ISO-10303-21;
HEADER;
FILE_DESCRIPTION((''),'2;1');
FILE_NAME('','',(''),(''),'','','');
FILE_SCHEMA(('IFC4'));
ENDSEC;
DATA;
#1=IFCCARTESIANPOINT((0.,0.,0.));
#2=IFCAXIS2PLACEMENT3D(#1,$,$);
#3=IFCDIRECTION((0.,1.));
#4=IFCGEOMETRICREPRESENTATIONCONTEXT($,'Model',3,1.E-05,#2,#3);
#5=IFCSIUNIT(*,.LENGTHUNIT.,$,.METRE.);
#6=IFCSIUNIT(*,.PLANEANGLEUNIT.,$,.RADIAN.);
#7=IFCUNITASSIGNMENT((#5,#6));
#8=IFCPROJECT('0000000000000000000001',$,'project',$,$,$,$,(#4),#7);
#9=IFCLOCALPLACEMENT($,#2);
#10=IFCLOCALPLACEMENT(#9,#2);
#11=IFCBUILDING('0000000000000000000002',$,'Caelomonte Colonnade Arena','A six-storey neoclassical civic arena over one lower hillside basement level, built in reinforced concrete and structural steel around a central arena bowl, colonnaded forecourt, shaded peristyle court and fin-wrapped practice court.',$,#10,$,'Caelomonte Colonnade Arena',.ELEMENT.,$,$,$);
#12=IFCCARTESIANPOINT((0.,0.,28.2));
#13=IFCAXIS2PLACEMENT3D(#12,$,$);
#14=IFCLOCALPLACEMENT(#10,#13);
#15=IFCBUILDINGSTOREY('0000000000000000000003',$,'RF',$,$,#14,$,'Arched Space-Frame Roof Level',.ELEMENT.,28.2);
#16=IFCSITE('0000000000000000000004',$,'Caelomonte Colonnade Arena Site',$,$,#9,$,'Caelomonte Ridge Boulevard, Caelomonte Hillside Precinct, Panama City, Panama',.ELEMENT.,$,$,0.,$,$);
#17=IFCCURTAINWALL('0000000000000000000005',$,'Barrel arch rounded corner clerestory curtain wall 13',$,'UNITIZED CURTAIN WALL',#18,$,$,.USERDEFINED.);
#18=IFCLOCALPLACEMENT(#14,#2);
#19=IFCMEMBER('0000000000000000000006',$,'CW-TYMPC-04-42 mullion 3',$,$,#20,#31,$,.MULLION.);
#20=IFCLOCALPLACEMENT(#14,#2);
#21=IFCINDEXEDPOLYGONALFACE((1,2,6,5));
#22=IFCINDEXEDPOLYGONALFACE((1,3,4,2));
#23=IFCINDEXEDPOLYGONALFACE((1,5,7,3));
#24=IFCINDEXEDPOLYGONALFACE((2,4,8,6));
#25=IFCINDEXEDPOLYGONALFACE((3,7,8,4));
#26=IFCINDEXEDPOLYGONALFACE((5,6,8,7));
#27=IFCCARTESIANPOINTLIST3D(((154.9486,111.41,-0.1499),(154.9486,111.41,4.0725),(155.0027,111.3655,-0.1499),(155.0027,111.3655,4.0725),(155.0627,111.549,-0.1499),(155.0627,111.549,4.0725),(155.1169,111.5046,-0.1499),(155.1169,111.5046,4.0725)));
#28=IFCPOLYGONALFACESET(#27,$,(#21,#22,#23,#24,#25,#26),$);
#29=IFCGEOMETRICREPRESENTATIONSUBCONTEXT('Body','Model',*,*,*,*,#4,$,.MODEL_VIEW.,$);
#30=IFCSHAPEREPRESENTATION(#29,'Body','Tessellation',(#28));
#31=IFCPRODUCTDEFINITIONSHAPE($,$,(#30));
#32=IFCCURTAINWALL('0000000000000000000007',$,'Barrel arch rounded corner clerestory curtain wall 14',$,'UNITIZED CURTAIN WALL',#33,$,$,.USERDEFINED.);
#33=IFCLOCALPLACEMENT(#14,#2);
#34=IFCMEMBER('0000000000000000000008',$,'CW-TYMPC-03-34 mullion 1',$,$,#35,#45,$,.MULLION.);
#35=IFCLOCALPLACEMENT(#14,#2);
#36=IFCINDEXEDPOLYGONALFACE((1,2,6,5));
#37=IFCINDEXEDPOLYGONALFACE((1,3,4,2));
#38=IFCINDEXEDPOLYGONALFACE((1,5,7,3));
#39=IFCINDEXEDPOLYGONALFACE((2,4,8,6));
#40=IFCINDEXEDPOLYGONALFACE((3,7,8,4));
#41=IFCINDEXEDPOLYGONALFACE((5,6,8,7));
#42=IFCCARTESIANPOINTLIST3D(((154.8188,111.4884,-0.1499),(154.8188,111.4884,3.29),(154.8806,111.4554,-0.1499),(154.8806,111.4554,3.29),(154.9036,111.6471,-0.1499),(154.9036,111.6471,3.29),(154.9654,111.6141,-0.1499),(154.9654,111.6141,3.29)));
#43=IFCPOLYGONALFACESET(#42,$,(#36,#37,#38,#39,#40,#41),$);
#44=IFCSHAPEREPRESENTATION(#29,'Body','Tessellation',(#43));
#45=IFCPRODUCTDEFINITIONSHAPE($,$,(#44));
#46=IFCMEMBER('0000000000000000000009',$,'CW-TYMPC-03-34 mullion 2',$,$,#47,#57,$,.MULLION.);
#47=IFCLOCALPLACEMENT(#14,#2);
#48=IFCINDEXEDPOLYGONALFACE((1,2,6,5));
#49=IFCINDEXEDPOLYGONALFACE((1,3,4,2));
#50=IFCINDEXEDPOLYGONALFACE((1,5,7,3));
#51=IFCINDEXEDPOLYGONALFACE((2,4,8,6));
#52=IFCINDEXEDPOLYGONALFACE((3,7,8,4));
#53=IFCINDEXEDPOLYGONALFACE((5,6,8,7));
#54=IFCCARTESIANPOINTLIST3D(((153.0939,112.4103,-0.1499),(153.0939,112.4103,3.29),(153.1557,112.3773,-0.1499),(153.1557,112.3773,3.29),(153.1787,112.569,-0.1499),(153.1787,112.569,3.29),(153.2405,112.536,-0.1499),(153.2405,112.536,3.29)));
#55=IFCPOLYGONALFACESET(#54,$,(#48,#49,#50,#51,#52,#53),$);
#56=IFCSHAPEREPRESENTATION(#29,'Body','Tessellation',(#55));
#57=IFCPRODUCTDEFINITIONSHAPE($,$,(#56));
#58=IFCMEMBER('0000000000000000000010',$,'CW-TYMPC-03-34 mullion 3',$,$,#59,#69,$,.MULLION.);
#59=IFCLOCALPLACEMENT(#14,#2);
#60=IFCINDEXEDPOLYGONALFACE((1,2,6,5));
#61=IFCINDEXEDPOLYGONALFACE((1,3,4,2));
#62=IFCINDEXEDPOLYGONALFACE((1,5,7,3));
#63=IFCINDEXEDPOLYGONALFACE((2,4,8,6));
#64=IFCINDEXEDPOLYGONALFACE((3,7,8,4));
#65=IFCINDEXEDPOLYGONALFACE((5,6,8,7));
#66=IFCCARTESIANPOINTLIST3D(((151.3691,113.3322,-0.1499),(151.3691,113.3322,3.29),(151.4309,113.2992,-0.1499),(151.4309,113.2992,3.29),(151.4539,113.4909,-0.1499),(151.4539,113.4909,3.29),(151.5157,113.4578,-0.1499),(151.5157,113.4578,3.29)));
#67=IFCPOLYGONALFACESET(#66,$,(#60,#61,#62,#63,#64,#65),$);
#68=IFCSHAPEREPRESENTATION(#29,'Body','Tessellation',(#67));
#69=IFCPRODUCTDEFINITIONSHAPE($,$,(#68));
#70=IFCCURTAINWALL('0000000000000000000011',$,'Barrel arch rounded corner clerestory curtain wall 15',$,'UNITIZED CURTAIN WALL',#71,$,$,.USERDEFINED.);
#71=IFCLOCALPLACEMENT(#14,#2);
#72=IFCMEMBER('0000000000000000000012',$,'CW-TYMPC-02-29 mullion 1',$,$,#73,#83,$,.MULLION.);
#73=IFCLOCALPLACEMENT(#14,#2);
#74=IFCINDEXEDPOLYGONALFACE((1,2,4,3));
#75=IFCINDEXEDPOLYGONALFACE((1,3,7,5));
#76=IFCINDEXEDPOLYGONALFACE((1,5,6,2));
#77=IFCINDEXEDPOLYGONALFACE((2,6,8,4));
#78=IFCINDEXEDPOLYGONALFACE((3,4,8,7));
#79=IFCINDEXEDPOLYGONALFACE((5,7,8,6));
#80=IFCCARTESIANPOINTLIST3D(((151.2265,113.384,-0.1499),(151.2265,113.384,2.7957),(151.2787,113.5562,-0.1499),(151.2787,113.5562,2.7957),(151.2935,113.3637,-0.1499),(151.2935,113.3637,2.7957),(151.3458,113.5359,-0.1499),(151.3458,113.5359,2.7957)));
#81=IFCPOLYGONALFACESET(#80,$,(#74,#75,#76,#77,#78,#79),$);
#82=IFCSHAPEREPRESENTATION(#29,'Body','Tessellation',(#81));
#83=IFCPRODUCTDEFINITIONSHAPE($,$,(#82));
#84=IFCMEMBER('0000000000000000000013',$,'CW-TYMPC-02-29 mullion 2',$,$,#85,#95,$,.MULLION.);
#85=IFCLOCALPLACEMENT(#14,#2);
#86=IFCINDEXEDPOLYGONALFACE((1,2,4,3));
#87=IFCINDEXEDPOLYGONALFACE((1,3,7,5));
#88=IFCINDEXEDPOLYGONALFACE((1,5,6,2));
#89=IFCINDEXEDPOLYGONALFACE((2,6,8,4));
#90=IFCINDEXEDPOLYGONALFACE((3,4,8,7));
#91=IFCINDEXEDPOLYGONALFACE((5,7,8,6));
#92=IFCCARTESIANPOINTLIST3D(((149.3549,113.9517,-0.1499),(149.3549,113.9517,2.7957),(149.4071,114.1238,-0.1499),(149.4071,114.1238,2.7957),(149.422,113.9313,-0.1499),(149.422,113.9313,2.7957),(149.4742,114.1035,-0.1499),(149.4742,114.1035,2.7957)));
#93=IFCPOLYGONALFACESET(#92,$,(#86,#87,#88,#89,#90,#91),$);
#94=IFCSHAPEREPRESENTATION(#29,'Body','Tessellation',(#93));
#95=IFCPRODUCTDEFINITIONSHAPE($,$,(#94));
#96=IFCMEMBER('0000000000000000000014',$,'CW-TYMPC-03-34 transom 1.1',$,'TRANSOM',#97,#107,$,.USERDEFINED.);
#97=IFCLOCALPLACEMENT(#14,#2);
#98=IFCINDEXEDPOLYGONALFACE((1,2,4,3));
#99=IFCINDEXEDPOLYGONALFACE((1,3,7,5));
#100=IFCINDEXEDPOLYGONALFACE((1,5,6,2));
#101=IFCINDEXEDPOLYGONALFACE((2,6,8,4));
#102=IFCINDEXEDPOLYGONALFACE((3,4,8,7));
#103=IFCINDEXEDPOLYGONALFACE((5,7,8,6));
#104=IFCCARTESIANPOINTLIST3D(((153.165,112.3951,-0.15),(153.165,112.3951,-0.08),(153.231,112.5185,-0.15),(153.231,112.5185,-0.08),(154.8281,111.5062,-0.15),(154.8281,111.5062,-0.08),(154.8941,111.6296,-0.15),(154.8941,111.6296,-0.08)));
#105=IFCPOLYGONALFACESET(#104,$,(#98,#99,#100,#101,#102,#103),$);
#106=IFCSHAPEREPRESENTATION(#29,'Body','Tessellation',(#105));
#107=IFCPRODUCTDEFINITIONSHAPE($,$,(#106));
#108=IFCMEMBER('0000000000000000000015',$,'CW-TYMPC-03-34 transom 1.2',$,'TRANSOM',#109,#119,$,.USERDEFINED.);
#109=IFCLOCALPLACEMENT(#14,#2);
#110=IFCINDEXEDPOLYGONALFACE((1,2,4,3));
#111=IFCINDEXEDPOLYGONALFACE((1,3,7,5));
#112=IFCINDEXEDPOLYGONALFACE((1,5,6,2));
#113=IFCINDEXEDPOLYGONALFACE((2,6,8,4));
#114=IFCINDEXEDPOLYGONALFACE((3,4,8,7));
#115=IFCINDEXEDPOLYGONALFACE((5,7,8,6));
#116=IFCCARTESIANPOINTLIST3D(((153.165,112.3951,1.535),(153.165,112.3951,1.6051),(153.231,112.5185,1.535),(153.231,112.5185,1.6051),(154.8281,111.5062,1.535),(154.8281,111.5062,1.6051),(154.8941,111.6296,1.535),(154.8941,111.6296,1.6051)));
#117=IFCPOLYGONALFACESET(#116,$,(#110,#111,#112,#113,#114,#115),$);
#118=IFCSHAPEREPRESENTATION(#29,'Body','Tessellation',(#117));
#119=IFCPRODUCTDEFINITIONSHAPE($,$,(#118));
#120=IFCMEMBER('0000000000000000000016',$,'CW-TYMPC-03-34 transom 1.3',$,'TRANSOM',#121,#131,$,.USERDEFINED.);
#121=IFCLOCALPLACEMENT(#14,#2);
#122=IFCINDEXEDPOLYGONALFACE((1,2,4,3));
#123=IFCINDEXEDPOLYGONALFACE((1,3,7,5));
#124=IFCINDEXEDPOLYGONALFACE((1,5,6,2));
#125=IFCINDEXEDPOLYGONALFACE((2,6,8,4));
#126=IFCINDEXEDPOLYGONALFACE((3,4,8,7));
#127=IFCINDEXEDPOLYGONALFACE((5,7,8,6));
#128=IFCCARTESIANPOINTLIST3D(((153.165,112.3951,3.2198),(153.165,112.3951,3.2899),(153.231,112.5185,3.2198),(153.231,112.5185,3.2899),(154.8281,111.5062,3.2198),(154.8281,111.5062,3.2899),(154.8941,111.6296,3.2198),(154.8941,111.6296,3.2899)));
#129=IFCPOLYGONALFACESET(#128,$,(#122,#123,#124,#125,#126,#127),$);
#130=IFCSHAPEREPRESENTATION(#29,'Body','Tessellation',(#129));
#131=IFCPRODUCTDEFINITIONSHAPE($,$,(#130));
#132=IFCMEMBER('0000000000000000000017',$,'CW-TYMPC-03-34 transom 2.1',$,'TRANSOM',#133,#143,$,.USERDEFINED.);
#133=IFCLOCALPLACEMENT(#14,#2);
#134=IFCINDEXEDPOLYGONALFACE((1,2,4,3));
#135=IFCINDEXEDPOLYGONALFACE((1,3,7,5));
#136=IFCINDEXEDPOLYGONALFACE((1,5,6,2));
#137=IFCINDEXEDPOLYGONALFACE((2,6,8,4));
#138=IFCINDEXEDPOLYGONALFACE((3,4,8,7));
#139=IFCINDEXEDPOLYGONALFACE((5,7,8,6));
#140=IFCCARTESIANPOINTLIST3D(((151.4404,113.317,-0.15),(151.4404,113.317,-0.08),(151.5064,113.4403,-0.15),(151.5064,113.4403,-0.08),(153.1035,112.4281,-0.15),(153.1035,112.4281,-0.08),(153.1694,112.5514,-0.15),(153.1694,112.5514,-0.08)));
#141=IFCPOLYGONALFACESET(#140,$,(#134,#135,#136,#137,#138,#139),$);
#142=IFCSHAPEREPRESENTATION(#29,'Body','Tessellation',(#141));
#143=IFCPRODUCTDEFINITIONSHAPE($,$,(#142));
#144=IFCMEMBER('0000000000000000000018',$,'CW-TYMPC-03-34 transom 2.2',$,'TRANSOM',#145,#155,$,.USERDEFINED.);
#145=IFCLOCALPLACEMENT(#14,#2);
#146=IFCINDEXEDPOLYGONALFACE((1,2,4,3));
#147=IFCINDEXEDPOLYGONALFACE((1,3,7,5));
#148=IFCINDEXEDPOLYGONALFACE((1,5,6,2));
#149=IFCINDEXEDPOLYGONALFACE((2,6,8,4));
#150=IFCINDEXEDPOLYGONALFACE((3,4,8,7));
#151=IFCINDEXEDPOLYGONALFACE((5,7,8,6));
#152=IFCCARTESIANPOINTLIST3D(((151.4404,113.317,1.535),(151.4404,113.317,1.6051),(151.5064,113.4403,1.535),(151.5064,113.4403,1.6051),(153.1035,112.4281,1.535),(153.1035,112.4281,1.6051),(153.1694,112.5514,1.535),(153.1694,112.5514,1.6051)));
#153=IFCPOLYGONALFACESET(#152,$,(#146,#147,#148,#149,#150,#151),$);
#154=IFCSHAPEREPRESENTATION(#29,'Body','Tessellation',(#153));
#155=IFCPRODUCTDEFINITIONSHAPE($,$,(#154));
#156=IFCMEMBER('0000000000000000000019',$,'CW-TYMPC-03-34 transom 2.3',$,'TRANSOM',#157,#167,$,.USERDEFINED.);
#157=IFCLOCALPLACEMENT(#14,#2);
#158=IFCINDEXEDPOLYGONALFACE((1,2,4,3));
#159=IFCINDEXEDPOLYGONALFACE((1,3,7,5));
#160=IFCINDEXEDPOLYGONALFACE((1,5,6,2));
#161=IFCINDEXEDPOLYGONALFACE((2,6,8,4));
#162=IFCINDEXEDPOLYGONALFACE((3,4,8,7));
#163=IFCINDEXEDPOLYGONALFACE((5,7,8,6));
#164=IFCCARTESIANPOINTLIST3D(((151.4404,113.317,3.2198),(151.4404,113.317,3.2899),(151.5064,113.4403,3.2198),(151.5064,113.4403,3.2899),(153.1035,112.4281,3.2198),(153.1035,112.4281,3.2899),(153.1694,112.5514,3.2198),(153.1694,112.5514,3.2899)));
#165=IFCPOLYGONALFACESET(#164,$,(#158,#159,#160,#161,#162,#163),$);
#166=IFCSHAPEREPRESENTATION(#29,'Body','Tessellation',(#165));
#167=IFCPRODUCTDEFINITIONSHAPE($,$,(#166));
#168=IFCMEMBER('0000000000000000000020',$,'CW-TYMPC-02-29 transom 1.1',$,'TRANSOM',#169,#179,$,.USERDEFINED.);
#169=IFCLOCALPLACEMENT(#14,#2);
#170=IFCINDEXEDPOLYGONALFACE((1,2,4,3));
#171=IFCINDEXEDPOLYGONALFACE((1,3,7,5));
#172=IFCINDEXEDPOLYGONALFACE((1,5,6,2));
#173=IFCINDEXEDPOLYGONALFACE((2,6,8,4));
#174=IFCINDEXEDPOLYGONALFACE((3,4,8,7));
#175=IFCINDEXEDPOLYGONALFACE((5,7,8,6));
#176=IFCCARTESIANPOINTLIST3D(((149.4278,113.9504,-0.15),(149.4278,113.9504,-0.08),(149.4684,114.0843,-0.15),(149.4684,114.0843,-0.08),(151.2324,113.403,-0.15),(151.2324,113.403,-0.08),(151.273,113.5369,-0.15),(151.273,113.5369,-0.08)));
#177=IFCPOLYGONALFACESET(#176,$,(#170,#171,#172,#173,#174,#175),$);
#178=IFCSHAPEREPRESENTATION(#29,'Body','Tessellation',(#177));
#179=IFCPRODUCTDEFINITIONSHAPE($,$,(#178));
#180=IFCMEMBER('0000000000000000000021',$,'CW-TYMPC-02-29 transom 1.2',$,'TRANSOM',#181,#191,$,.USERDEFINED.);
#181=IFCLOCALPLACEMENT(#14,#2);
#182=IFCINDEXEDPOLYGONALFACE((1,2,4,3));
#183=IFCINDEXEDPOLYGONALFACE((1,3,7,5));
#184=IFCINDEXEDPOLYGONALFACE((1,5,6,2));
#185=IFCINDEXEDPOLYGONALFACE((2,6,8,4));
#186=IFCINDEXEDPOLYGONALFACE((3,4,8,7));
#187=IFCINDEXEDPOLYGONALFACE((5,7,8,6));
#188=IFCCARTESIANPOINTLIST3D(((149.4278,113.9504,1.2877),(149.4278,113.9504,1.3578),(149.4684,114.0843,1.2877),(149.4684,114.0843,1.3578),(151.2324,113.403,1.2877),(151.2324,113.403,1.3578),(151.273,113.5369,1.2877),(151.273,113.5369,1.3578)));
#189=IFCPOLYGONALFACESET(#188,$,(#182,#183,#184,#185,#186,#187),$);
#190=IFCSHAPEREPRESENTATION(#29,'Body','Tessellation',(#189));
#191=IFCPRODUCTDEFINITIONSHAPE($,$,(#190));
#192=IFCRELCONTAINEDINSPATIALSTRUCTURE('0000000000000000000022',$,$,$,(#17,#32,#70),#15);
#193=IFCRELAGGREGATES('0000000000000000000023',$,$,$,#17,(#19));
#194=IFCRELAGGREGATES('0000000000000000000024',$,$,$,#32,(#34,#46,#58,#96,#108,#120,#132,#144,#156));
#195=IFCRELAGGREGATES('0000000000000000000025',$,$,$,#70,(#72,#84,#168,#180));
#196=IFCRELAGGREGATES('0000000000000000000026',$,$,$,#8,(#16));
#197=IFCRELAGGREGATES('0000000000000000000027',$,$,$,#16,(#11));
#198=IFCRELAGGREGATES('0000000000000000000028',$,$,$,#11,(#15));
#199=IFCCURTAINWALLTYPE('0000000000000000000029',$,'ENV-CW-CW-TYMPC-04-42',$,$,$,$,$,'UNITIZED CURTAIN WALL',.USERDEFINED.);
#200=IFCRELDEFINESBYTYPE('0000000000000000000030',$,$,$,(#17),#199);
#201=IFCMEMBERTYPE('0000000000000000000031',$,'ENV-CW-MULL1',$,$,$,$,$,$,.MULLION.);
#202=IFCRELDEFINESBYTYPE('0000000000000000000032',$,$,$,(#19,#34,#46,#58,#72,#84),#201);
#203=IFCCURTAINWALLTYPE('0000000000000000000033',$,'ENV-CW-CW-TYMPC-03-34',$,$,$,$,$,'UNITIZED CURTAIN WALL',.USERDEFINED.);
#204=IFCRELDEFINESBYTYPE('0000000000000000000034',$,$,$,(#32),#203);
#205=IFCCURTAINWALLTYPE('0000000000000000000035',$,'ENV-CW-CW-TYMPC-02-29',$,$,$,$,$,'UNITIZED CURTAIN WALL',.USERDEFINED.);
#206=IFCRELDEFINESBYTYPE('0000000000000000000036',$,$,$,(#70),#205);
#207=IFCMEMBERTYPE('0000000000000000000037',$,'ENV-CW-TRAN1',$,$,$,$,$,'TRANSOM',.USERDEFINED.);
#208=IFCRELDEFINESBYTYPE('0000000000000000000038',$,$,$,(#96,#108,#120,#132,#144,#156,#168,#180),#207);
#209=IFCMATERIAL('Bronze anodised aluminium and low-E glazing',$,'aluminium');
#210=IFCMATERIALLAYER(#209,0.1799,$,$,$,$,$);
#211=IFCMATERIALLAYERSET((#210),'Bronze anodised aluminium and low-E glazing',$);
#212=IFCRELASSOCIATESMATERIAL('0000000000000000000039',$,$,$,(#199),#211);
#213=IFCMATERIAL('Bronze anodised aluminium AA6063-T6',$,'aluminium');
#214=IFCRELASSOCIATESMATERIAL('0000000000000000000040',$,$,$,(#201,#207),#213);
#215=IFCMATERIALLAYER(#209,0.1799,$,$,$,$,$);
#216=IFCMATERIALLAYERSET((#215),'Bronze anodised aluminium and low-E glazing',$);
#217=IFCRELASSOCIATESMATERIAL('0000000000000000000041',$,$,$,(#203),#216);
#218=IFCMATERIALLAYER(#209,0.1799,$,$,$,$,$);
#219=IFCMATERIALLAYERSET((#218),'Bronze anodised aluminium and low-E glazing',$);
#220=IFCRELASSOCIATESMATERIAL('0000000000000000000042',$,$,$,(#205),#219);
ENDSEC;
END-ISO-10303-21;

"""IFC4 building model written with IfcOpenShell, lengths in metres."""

from ifc_helpers import new_model, si_unit, direction, frame, origin, origin_2d, place, context, subcontext, project, spatial, rectangle, extrude, material, layer, layer_set, material_profile, profile_set, type_object, element, aggregate, save


model = new_model("IFC4")

# Units and contexts
model_context = context("Model", 3, precision=1e-05, world=origin(), true_north=direction((0.0, 1.0)))
body_context = subcontext(model_context, "Body", "Model", "MODEL_VIEW")
ifc_project = project(units=[si_unit("LENGTHUNIT", "METRE"), si_unit("PLANEANGLEUNIT", "RADIAN")], contexts=[model_context])

# Site, building, storey
site_placement = place(None, origin())
site = spatial("IfcSite", under=ifc_project, at=site_placement, Name="Caelomonte Colonnade Arena Site", LongName="Caelomonte Ridge Boulevard, Caelomonte Hillside Precinct, Panama City, Panama", CompositionType="ELEMENT", RefElevation=0.0)
building_placement = place(site_placement, origin())
building = spatial("IfcBuilding", under=site, at=building_placement, Name="Caelomonte Colonnade Arena", Description="A six-storey neoclassical civic arena over one lower hillside basement level, built in reinforced concrete and structural steel around a central arena bowl, colonnaded forecourt, shaded peristyle court and fin-wrapped practice court.", LongName="Caelomonte Colonnade Arena", CompositionType="ELEMENT")
storey_placement = place(building_placement, frame((0.0, 0.0, 28.2)))
storey = spatial("IfcBuildingStorey", under=building, at=storey_placement, Name="RF", LongName="Arched Space-Frame Roof Level", CompositionType="ELEMENT", Elevation=28.2)

# Curtain wall, member
ifc_material_1 = material(Name="Bronze anodised aluminium and low-E glazing", Category="aluminium")
ifc_layer_1 = layer(ifc_material_1, 0.1799)
ifc_layer_set_1 = layer_set([ifc_layer_1], Name="Bronze anodised aluminium and low-E glazing")
curtain_wall_type_1 = type_object("IfcCurtainWallType", Name="ENV-CW-CW-TYMPC-04-42", ElementType="UNITIZED CURTAIN WALL", PredefinedType="USERDEFINED", material=ifc_layer_set_1)
curtain_wall_1_placement = place(storey_placement, origin())
curtain_wall_1 = element("IfcCurtainWall", 1, at=curtain_wall_1_placement, inside=storey, type_object=curtain_wall_type_1, Name="Barrel arch rounded corner clerestory curtain wall 13", ObjectType="UNITIZED CURTAIN WALL", PredefinedType="USERDEFINED")
ifc_material_2 = material(Name="Bronze anodised aluminium AA6063-T6", Category="aluminium")
ifc_material_profile_1 = material_profile(ifc_material_2, rectangle(XDim=0.0701, YDim=0.1799, at=origin_2d()), Name="CWM-70X180")
ifc_profile_set_1 = profile_set([ifc_material_profile_1], Name="Bronze anodised aluminium AA6063-T6")
member_type_1 = type_object("IfcMemberType", Name="ENV-CW-MULL1", PredefinedType="MULLION", material=ifc_profile_set_1)
member_1_placement = place(storey_placement, frame((155.0327, 111.4573, -0.1499), z_axis=(0.0, 0.0, 1.0), x_axis=(-0.773001, 0.634405, 0.0)))
member_1 = element("IfcMember", 2, at=member_1_placement, type_object=member_type_1, Name="CW-TYMPC-04-42 mullion 3", PredefinedType="MULLION", context=body_context, shape_type="SweptSolid", body=[
    extrude(rectangle(XDim=0.0701, YDim=0.1799, at=origin_2d()), origin(), (0.0, 0.0, 1.0), 4.2224),
])
aggregate(curtain_wall_1, [member_1])

# Curtain walls, members
ifc_layer_2 = layer(ifc_material_1, 0.1799)
ifc_layer_set_2 = layer_set([ifc_layer_2], Name="Bronze anodised aluminium and low-E glazing")
curtain_wall_type_2 = type_object("IfcCurtainWallType", Name="ENV-CW-CW-TYMPC-03-34", ElementType="UNITIZED CURTAIN WALL", PredefinedType="USERDEFINED", material=ifc_layer_set_2)
curtain_wall_2_placement = place(storey_placement, origin())
curtain_wall_2 = element("IfcCurtainWall", 3, at=curtain_wall_2_placement, inside=storey, type_object=curtain_wall_type_2, Name="Barrel arch rounded corner clerestory curtain wall 14", ObjectType="UNITIZED CURTAIN WALL", PredefinedType="USERDEFINED")
member_2_placement = place(storey_placement, frame((154.8921, 111.5513, -0.1499), z_axis=(0.0, 0.0, 1.0), x_axis=(-0.881924, 0.471391, 0.0)))
member_2 = element("IfcMember", 4, at=member_2_placement, type_object=member_type_1, Name="CW-TYMPC-03-34 mullion 1", PredefinedType="MULLION", context=body_context, shape_type="SweptSolid", body=[
    extrude(rectangle(XDim=0.0701, YDim=0.1799, at=origin_2d()), origin(), (0.0, 0.0, 1.0), 3.4399),
])
member_3_placement = place(storey_placement, frame((153.1672, 112.4731, -0.1499), z_axis=(0.0, 0.0, 1.0), x_axis=(-0.881924, 0.471391, 0.0)))
member_3 = element("IfcMember", 5, at=member_3_placement, type_object=member_type_1, Name="CW-TYMPC-03-34 mullion 2", PredefinedType="MULLION", context=body_context, shape_type="SweptSolid", body=[
    extrude(rectangle(XDim=0.0701, YDim=0.1799, at=origin_2d()), origin(), (0.0, 0.0, 1.0), 3.4399),
])
member_4_placement = place(storey_placement, frame((151.4424, 113.395, -0.1499), z_axis=(0.0, 0.0, 1.0), x_axis=(-0.881924, 0.471391, 0.0)))
member_4 = element("IfcMember", 6, at=member_4_placement, type_object=member_type_1, Name="CW-TYMPC-03-34 mullion 3", PredefinedType="MULLION", context=body_context, shape_type="SweptSolid", body=[
    extrude(rectangle(XDim=0.0701, YDim=0.1799, at=origin_2d()), origin(), (0.0, 0.0, 1.0), 3.4399),
])
ifc_layer_3 = layer(ifc_material_1, 0.1799)
ifc_layer_set_3 = layer_set([ifc_layer_3], Name="Bronze anodised aluminium and low-E glazing")
curtain_wall_type_3 = type_object("IfcCurtainWallType", Name="ENV-CW-CW-TYMPC-02-29", ElementType="UNITIZED CURTAIN WALL", PredefinedType="USERDEFINED", material=ifc_layer_set_3)
curtain_wall_3_placement = place(storey_placement, origin())
curtain_wall_3 = element("IfcCurtainWall", 7, at=curtain_wall_3_placement, inside=storey, type_object=curtain_wall_type_3, Name="Barrel arch rounded corner clerestory curtain wall 15", ObjectType="UNITIZED CURTAIN WALL", PredefinedType="USERDEFINED")
member_5_placement = place(storey_placement, frame((151.2861, 113.46, -0.1499), z_axis=(0.0, 0.0, 1.0), x_axis=(-0.956946, 0.290266, 0.0)))
member_5 = element("IfcMember", 8, at=member_5_placement, type_object=member_type_1, Name="CW-TYMPC-02-29 mullion 1", PredefinedType="MULLION", context=body_context, shape_type="SweptSolid", body=[
    extrude(rectangle(XDim=0.0701, YDim=0.1799, at=origin_2d()), origin(), (0.0, 0.0, 1.0), 2.9456),
])
member_6_placement = place(storey_placement, frame((149.4146, 114.0276, -0.1499), z_axis=(0.0, 0.0, 1.0), x_axis=(-0.956946, 0.290266, 0.0)))
member_6 = element("IfcMember", 9, at=member_6_placement, type_object=member_type_1, Name="CW-TYMPC-02-29 mullion 2", PredefinedType="MULLION", context=body_context, shape_type="SweptSolid", body=[
    extrude(rectangle(XDim=0.0701, YDim=0.1799, at=origin_2d()), origin(), (0.0, 0.0, 1.0), 2.9456),
])

# Members
ifc_material_profile_2 = material_profile(ifc_material_2, rectangle(XDim=0.0701, YDim=0.1399, at=origin_2d()), Name="CWT-70X140")
ifc_profile_set_2 = profile_set([ifc_material_profile_2], Name="Bronze anodised aluminium AA6063-T6")
member_type_2 = type_object("IfcMemberType", Name="ENV-CW-TRAN1", ElementType="TRANSOM", PredefinedType="USERDEFINED", material=ifc_profile_set_2)
member_7_placement = place(storey_placement, frame((154.8611, 111.5679, -0.115), z_axis=(-0.881926, 0.471388, 0.0), x_axis=(0.0, 0.0, 1.0)))
member_7 = element("IfcMember", 10, at=member_7_placement, type_object=member_type_2, Name="CW-TYMPC-03-34 transom 1.1", ObjectType="TRANSOM", PredefinedType="USERDEFINED", context=body_context, shape_type="SweptSolid", body=[
    extrude(rectangle(XDim=0.0701, YDim=0.1399, at=origin_2d()), origin(), (0.0, 0.0, 1.0), 1.8857),
])
member_8_placement = place(storey_placement, frame((154.8611, 111.5679, 1.5701), z_axis=(-0.881926, 0.471388, 0.0), x_axis=(0.0, 0.0, 1.0)))
member_8 = element("IfcMember", 11, at=member_8_placement, type_object=member_type_2, Name="CW-TYMPC-03-34 transom 1.2", ObjectType="TRANSOM", PredefinedType="USERDEFINED", context=body_context, shape_type="SweptSolid", body=[
    extrude(rectangle(XDim=0.0701, YDim=0.1399, at=origin_2d()), origin(), (0.0, 0.0, 1.0), 1.8857),
])
member_9_placement = place(storey_placement, frame((154.8611, 111.5679, 3.2549), z_axis=(-0.881926, 0.471388, 0.0), x_axis=(0.0, 0.0, 1.0)))
member_9 = element("IfcMember", 12, at=member_9_placement, type_object=member_type_2, Name="CW-TYMPC-03-34 transom 1.3", ObjectType="TRANSOM", PredefinedType="USERDEFINED", context=body_context, shape_type="SweptSolid", body=[
    extrude(rectangle(XDim=0.0701, YDim=0.1399, at=origin_2d()), origin(), (0.0, 0.0, 1.0), 1.8857),
])
member_10_placement = place(storey_placement, frame((153.1365, 112.4897, -0.115), z_axis=(-0.881926, 0.471388, 0.0), x_axis=(0.0, 0.0, 1.0)))
member_10 = element("IfcMember", 13, at=member_10_placement, type_object=member_type_2, Name="CW-TYMPC-03-34 transom 2.1", ObjectType="TRANSOM", PredefinedType="USERDEFINED", context=body_context, shape_type="SweptSolid", body=[
    extrude(rectangle(XDim=0.0701, YDim=0.1399, at=origin_2d()), origin(), (0.0, 0.0, 1.0), 1.8857),
])
member_11_placement = place(storey_placement, frame((153.1365, 112.4897, 1.5701), z_axis=(-0.881926, 0.471388, 0.0), x_axis=(0.0, 0.0, 1.0)))
member_11 = element("IfcMember", 14, at=member_11_placement, type_object=member_type_2, Name="CW-TYMPC-03-34 transom 2.2", ObjectType="TRANSOM", PredefinedType="USERDEFINED", context=body_context, shape_type="SweptSolid", body=[
    extrude(rectangle(XDim=0.0701, YDim=0.1399, at=origin_2d()), origin(), (0.0, 0.0, 1.0), 1.8857),
])
member_12_placement = place(storey_placement, frame((153.1365, 112.4897, 3.2549), z_axis=(-0.881926, 0.471388, 0.0), x_axis=(0.0, 0.0, 1.0)))
member_12 = element("IfcMember", 15, at=member_12_placement, type_object=member_type_2, Name="CW-TYMPC-03-34 transom 2.3", ObjectType="TRANSOM", PredefinedType="USERDEFINED", context=body_context, shape_type="SweptSolid", body=[
    extrude(rectangle(XDim=0.0701, YDim=0.1399, at=origin_2d()), origin(), (0.0, 0.0, 1.0), 1.8857),
])
member_13_placement = place(storey_placement, frame((151.2527, 113.47, -0.115), z_axis=(-0.956942, 0.29028, 0.0), x_axis=(0.0, 0.0, 1.0)))
member_13 = element("IfcMember", 16, at=member_13_placement, type_object=member_type_2, Name="CW-TYMPC-02-29 transom 1.1", ObjectType="TRANSOM", PredefinedType="USERDEFINED", context=body_context, shape_type="SweptSolid", body=[
    extrude(rectangle(XDim=0.0701, YDim=0.1399, at=origin_2d()), origin(), (0.0, 0.0, 1.0), 1.8857),
])
member_14_placement = place(storey_placement, frame((151.2527, 113.47, 1.3228), z_axis=(-0.956942, 0.29028, 0.0), x_axis=(0.0, 0.0, 1.0)))
member_14 = element("IfcMember", 17, at=member_14_placement, type_object=member_type_2, Name="CW-TYMPC-02-29 transom 1.2", ObjectType="TRANSOM", PredefinedType="USERDEFINED", context=body_context, shape_type="SweptSolid", body=[
    extrude(rectangle(XDim=0.0701, YDim=0.1399, at=origin_2d()), origin(), (0.0, 0.0, 1.0), 1.8857),
])

aggregate(curtain_wall_2, [member_2, member_3, member_4, member_7, member_8, member_9, member_10, member_11, member_12])
aggregate(curtain_wall_3, [member_5, member_6, member_13, member_14])

save(model, "model.ifc")
